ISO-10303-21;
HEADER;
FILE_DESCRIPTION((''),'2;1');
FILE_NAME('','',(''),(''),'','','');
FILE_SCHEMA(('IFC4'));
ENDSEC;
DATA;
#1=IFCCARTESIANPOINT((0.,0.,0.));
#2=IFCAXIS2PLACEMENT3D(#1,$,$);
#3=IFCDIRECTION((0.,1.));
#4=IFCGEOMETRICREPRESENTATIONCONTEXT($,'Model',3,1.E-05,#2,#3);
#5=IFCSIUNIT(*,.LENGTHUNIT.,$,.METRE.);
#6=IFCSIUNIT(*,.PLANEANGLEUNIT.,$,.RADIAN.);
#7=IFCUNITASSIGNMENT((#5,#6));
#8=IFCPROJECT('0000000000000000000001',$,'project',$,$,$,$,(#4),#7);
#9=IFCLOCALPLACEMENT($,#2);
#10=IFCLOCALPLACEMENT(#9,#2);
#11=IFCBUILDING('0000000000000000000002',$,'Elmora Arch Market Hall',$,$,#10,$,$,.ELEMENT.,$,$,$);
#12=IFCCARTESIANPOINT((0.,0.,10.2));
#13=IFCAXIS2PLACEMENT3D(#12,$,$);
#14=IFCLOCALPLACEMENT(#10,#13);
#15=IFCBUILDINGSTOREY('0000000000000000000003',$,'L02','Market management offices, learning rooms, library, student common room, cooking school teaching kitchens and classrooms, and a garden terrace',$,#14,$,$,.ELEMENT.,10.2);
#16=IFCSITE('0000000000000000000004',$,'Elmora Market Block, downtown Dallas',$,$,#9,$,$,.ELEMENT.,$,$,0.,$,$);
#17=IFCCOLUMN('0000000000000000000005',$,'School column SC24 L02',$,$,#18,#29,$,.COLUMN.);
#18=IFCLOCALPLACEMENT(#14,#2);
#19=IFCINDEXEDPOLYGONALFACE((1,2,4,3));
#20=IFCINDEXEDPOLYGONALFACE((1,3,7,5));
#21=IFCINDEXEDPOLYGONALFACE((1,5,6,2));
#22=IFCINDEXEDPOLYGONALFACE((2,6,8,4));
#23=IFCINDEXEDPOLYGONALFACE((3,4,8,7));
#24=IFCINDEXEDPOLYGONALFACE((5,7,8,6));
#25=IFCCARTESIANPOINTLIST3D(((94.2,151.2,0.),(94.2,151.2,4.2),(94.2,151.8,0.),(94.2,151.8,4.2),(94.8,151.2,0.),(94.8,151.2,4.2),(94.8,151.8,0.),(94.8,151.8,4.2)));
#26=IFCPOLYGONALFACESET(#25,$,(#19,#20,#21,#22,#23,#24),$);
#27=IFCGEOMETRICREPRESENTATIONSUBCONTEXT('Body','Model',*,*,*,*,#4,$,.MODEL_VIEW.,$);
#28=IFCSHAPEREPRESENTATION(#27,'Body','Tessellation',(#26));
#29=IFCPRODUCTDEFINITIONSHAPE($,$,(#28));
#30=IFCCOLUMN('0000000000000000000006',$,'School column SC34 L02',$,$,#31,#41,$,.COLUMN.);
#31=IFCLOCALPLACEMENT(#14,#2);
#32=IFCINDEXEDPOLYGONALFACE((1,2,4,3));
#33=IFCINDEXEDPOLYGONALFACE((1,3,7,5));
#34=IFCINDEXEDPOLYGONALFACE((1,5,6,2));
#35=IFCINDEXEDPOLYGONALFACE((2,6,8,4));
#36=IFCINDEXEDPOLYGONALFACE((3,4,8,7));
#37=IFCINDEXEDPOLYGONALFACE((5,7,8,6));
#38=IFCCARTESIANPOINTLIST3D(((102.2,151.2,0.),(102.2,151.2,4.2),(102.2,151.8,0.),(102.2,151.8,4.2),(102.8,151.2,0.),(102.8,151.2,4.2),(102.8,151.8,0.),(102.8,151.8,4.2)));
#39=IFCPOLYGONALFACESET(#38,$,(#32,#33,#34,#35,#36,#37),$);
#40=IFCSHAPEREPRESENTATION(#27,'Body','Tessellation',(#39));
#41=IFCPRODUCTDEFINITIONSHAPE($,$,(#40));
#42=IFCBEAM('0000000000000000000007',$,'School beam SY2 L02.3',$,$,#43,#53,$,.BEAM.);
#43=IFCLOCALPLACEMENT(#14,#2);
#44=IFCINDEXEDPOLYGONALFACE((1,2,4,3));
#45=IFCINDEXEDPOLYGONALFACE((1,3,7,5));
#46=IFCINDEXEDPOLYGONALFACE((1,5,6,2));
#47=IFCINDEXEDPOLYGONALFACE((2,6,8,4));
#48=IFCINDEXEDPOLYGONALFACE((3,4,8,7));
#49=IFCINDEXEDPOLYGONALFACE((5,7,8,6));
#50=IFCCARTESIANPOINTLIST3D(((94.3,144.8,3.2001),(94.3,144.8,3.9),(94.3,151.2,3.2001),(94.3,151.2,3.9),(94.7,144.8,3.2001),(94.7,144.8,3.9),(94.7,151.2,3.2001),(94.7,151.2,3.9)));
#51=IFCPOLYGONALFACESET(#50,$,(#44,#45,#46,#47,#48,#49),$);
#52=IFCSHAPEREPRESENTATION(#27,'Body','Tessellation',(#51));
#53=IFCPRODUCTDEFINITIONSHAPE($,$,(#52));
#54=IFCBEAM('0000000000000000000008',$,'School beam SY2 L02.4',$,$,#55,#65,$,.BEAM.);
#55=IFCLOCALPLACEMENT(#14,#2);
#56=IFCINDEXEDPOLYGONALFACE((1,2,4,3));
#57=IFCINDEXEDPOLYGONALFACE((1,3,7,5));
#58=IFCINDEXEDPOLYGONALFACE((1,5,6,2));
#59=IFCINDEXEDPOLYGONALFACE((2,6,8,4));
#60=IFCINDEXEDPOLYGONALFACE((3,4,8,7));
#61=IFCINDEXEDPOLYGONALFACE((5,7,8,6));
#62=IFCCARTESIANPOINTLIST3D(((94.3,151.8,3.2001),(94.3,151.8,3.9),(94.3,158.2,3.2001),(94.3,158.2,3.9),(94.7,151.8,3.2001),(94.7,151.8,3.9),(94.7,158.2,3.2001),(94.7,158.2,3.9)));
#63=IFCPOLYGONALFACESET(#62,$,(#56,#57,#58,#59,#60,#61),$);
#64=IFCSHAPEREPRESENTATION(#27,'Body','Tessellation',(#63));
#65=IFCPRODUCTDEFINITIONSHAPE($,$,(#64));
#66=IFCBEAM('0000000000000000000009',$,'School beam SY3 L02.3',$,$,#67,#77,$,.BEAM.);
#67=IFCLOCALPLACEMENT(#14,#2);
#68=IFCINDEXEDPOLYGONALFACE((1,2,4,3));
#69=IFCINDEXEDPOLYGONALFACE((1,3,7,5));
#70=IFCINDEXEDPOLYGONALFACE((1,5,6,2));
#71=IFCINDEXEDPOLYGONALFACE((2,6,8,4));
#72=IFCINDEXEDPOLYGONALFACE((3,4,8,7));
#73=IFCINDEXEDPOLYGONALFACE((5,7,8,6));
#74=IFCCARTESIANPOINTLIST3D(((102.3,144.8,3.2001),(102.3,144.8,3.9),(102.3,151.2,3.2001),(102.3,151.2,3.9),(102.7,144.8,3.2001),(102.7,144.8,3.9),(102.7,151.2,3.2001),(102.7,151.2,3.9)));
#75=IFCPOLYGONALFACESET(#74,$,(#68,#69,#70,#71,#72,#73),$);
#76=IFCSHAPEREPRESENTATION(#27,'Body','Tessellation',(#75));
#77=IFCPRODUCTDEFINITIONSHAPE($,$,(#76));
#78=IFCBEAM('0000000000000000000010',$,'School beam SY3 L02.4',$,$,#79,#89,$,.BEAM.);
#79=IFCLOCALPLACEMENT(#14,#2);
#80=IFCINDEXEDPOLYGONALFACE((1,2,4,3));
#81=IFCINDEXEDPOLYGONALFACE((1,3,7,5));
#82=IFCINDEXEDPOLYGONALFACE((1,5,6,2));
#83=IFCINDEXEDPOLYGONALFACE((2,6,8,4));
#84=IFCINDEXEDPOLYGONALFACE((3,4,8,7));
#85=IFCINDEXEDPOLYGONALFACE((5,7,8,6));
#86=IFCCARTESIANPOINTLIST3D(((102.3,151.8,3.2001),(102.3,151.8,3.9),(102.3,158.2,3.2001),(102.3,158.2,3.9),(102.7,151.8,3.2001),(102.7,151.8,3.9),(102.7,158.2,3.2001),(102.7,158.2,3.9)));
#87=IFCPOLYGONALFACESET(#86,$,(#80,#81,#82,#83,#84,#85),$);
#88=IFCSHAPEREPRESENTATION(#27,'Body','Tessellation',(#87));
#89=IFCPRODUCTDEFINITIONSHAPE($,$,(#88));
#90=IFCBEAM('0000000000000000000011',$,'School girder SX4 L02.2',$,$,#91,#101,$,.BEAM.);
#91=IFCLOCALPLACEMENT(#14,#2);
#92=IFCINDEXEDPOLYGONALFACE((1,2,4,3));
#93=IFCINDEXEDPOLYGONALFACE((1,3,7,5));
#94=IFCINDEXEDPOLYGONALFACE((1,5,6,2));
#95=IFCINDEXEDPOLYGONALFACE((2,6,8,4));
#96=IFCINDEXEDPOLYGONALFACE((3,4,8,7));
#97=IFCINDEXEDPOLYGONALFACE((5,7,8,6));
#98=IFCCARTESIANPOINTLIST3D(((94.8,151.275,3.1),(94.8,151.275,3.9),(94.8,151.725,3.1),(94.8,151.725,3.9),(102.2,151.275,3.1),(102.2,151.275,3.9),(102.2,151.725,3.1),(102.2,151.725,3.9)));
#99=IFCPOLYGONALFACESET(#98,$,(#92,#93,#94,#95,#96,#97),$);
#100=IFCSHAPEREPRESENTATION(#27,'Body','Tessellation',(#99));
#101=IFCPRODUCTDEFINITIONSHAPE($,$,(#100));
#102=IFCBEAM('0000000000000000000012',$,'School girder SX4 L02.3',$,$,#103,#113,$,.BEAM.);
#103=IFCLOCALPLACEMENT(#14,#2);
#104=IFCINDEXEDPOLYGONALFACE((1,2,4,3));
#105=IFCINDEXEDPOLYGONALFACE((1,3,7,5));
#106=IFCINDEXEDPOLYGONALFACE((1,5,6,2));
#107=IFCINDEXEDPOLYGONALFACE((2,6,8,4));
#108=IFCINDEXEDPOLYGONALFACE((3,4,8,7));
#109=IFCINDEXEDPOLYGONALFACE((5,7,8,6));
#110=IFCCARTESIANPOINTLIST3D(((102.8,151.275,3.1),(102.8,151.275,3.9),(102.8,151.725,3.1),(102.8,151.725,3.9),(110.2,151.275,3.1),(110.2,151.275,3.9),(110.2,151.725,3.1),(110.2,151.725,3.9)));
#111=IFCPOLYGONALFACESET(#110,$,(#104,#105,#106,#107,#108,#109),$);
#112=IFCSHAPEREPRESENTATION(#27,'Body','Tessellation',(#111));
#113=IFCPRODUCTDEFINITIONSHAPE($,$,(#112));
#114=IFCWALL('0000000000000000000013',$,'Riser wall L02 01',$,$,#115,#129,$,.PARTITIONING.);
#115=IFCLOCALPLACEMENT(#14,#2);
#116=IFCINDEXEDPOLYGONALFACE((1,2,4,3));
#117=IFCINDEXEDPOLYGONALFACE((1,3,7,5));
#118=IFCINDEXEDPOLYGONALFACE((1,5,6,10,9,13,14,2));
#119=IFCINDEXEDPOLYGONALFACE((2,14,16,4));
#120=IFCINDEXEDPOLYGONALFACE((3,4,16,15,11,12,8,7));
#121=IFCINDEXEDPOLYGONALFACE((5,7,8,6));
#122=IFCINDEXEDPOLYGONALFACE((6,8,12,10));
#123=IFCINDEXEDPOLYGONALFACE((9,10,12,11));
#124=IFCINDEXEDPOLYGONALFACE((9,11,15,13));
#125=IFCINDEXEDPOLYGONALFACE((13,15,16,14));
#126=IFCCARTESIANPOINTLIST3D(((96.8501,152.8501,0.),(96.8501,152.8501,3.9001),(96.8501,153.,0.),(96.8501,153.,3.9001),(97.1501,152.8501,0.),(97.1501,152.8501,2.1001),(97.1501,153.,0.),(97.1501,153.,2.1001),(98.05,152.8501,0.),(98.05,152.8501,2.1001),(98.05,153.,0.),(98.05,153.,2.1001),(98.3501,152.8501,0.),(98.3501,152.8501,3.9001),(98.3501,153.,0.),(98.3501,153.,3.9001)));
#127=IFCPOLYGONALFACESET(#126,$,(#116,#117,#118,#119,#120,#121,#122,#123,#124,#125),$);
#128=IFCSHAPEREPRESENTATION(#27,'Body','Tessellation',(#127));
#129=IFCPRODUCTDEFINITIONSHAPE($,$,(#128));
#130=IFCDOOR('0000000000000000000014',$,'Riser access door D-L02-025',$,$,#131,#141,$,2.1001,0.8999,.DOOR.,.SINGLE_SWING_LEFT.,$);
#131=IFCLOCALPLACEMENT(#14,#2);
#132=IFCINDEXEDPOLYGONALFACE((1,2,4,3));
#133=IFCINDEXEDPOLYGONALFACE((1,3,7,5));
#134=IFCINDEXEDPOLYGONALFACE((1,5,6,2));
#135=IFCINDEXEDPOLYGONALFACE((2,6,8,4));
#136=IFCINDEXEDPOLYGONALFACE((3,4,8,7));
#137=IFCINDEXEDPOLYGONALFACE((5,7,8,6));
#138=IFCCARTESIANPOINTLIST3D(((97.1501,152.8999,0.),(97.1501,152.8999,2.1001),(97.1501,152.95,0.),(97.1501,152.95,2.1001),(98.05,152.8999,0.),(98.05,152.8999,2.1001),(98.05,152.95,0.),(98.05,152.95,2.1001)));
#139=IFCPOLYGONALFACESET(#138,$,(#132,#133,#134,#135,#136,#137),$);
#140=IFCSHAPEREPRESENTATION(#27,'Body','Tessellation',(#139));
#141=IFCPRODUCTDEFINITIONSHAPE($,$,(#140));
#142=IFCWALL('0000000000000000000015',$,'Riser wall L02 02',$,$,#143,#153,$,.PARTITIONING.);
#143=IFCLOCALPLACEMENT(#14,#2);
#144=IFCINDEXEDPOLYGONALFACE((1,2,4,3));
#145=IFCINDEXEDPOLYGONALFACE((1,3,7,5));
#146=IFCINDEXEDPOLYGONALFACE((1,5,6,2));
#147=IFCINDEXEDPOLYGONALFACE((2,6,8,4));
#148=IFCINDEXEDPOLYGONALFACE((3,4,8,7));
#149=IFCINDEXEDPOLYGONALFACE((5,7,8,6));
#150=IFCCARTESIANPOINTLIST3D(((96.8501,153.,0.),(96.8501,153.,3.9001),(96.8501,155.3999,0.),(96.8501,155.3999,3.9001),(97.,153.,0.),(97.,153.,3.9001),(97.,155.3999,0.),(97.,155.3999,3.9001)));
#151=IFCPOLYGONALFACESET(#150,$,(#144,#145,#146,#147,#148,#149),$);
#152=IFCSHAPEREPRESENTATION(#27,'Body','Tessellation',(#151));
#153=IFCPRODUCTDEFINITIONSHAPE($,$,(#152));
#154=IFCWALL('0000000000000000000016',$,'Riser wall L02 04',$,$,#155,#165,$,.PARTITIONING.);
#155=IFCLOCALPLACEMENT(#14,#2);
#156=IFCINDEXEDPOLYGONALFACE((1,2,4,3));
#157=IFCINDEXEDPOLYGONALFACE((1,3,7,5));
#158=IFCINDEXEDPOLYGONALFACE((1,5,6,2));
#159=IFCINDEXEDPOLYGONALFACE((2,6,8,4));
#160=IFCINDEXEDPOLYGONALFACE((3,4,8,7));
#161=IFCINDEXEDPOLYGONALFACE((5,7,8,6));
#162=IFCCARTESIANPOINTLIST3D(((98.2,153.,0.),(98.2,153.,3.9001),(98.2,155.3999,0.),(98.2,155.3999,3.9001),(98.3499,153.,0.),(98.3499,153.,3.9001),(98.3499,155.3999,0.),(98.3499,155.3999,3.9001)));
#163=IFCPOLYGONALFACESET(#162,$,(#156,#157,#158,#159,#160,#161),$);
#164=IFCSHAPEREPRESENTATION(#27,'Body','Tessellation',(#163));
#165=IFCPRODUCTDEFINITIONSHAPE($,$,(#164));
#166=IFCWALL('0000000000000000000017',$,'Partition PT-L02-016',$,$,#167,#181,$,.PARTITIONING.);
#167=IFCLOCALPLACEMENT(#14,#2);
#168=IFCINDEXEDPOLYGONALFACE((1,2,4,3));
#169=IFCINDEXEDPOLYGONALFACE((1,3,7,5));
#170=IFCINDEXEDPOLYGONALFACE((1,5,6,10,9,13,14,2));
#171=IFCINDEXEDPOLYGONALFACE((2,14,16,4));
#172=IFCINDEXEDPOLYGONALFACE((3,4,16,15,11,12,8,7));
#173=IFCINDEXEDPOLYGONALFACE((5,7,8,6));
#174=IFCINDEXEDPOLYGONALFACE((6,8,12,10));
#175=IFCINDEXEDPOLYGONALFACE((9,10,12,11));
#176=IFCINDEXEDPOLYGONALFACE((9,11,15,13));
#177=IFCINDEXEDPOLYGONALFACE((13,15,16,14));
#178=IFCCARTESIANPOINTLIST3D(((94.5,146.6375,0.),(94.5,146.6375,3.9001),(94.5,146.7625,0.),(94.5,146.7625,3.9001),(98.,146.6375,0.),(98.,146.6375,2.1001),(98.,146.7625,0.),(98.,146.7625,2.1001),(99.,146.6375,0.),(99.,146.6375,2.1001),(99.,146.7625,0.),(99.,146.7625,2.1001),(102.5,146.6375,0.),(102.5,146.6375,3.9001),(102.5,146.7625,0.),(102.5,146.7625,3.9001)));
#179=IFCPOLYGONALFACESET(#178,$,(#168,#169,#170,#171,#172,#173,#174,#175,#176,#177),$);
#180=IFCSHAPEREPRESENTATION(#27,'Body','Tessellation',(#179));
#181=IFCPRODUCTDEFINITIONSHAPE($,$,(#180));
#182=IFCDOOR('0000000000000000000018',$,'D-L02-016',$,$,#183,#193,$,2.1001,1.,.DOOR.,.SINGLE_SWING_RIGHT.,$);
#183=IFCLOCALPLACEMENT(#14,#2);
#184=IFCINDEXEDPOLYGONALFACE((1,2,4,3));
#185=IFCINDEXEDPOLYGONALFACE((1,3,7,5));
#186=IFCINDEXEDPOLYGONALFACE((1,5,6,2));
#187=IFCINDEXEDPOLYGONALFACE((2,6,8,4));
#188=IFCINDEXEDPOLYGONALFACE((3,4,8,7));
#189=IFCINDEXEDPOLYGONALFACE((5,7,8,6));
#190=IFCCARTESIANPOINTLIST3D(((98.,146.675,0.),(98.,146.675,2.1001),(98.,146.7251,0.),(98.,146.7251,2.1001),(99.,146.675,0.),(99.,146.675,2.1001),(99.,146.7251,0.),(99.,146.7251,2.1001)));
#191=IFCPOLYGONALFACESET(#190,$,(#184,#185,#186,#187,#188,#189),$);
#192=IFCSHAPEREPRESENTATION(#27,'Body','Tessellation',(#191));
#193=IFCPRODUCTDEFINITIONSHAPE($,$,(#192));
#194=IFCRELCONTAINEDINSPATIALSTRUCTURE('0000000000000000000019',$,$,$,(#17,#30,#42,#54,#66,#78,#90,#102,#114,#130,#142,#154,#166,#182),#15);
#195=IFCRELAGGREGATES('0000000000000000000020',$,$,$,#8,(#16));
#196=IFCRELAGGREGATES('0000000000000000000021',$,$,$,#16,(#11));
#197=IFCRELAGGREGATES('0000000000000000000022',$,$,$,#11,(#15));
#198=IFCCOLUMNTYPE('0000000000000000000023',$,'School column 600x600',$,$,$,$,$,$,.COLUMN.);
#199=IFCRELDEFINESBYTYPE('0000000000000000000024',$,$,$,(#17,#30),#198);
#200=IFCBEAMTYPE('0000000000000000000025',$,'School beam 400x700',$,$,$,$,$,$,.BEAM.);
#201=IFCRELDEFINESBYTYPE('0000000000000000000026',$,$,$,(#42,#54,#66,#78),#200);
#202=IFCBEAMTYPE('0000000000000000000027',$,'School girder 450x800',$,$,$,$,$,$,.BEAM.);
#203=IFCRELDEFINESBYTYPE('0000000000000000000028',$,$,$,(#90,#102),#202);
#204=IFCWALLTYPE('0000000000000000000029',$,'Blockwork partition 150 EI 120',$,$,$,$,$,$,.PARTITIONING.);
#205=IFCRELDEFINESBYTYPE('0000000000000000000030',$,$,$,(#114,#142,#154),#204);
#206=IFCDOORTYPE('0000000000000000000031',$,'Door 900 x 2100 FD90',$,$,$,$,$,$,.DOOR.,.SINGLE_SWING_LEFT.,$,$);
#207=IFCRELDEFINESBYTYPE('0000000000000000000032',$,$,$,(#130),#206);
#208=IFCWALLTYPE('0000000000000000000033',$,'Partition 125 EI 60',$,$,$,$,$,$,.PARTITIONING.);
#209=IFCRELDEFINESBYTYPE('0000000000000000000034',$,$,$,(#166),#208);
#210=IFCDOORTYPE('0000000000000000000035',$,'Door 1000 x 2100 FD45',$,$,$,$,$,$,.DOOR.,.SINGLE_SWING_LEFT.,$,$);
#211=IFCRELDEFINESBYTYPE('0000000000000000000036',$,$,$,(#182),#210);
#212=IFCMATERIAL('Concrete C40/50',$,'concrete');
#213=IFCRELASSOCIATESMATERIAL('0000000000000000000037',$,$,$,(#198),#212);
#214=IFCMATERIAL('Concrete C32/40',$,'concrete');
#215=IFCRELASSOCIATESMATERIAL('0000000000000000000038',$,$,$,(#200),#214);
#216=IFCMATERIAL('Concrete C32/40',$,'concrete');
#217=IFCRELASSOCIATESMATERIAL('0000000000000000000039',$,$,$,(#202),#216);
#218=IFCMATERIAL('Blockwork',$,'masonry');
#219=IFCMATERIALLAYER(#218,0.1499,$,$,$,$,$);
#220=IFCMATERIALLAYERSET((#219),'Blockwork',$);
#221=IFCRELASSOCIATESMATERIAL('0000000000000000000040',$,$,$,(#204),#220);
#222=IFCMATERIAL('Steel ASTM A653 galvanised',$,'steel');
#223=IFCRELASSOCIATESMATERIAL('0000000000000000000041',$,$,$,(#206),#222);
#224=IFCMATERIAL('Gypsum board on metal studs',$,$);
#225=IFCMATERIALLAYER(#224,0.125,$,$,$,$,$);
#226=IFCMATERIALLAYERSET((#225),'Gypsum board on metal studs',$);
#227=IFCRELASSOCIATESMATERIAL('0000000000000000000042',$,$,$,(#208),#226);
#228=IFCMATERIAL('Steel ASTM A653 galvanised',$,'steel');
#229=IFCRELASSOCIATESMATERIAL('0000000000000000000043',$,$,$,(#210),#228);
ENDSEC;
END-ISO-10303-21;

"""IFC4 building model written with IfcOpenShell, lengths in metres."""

from ifc_helpers import new_model, si_unit, direction, frame, frame_2d, origin, origin_2d, place, context, subcontext, project, spatial, rectangle, extrude, material, layer, layer_set, material_profile, profile_set, type_object, element, fill, save


model = new_model("IFC4")

# Units and contexts
model_context = context("Model", 3, precision=1e-05, world=origin(), true_north=direction((0.0, 1.0)))
body_context = subcontext(model_context, "Body", "Model", "MODEL_VIEW")
ifc_project = project(units=[si_unit("LENGTHUNIT", "METRE"), si_unit("PLANEANGLEUNIT", "RADIAN")], contexts=[model_context])

# Site, building, storey
site_placement = place(None, origin())
site = spatial("IfcSite", under=ifc_project, at=site_placement, Name="Elmora Market Block, downtown Dallas", CompositionType="ELEMENT", RefElevation=0.0)
building_placement = place(site_placement, origin())
building = spatial("IfcBuilding", under=site, at=building_placement, Name="Elmora Arch Market Hall", CompositionType="ELEMENT")
storey_placement = place(building_placement, frame((0.0, 0.0, 10.2)))
storey = spatial("IfcBuildingStorey", under=building, at=storey_placement, Name="L02", Description="Market management offices, learning rooms, library, student common room, cooking school teaching kitchens and classrooms, and a garden terrace", CompositionType="ELEMENT", Elevation=10.2)

# Columns
ifc_material_1 = material(Name="Concrete C40/50", Category="concrete")
ifc_material_profile_1 = material_profile(ifc_material_1, rectangle(XDim=0.6001, YDim=0.6001, at=origin_2d()), Name="School column 600x600")
ifc_profile_set_1 = profile_set([ifc_material_profile_1], Name="Concrete C40/50")
column_type = type_object("IfcColumnType", Name="School column 600x600", PredefinedType="COLUMN", material=ifc_profile_set_1)
for number, where, z_axis, x_axis, name in (
    (1, (94.5, 151.5, 0.0), (0.0, 0.0, 1.0), (1.0, 0.0, 0.0), "School column SC24 L02"),
    (2, (102.5, 151.5, 0.0), (0.0, 0.0, 1.0), (1.0, 0.0, 0.0), "School column SC34 L02"),
):
    element("IfcColumn", number, at=place(storey_placement, frame(where, z_axis=z_axis, x_axis=x_axis)), inside=storey, type_object=column_type, Name=name, PredefinedType="COLUMN", context=body_context, shape_type="SweptSolid", body=[
        extrude(rectangle(XDim=0.6001, YDim=0.6001, at=origin_2d()), origin(), (0.0, 0.0, 1.0), 4.2),
    ])

# Beams
ifc_material_2 = material(Name="Concrete C32/40", Category="concrete")
ifc_material_profile_2 = material_profile(ifc_material_2, rectangle(XDim=0.3999, YDim=0.7, at=origin_2d()), Name="School beam 400x700")
ifc_profile_set_2 = profile_set([ifc_material_profile_2], Name="Concrete C32/40")
beam_type_1 = type_object("IfcBeamType", Name="School beam 400x700", PredefinedType="BEAM", material=ifc_profile_set_2)
for number, where, z_axis, x_axis, name in (
    (3, (94.5, 144.8, 3.55), (0.0, 1.0, 0.0), (-1.0, 0.0, 0.0), "School beam SY2 L02.3"),
    (4, (94.5, 151.8, 3.55), (0.0, 1.0, 0.0), (-1.0, 0.0, 0.0), "School beam SY2 L02.4"),
    (5, (102.5, 144.8, 3.55), (0.0, 1.0, 0.0), (-1.0, 0.0, 0.0), "School beam SY3 L02.3"),
    (6, (102.5, 151.8, 3.55), (0.0, 1.0, 0.0), (-1.0, 0.0, 0.0), "School beam SY3 L02.4"),
):
    element("IfcBeam", number, at=place(storey_placement, frame(where, z_axis=z_axis, x_axis=x_axis)), inside=storey, type_object=beam_type_1, Name=name, PredefinedType="BEAM", context=body_context, shape_type="SweptSolid", body=[
        extrude(rectangle(XDim=0.3999, YDim=0.7, at=origin_2d()), origin(), (0.0, 0.0, 1.0), 6.3999),
    ])
ifc_material_3 = material(Name="Concrete C32/40", Category="concrete")
ifc_material_profile_3 = material_profile(ifc_material_3, rectangle(XDim=0.45, YDim=0.8, at=origin_2d()), Name="School girder 450x800")
ifc_profile_set_3 = profile_set([ifc_material_profile_3], Name="Concrete C32/40")
beam_type_2 = type_object("IfcBeamType", Name="School girder 450x800", PredefinedType="BEAM", material=ifc_profile_set_3)
for number, where, z_axis, x_axis, name in (
    (7, (94.8, 151.5, 3.5), (1.0, 0.0, 0.0), (0.0, 1.0, 0.0), "School girder SX4 L02.2"),
    (8, (102.8, 151.5, 3.5), (1.0, 0.0, 0.0), (0.0, 1.0, 0.0), "School girder SX4 L02.3"),
):
    element("IfcBeam", number, at=place(storey_placement, frame(where, z_axis=z_axis, x_axis=x_axis)), inside=storey, type_object=beam_type_2, Name=name, PredefinedType="BEAM", context=body_context, shape_type="SweptSolid", body=[
        extrude(rectangle(XDim=0.45, YDim=0.8, at=origin_2d()), origin(), (0.0, 0.0, 1.0), 7.3999),
    ])

# Wall, opening, door
ifc_material_4 = material(Name="Blockwork", Category="masonry")
ifc_layer_1 = layer(ifc_material_4, 0.1499)
ifc_layer_set_1 = layer_set([ifc_layer_1], Name="Blockwork")
wall_type_1 = type_object("IfcWallType", Name="Blockwork partition 150 EI 120", PredefinedType="PARTITIONING", material=ifc_layer_set_1)
wall_1_placement = place(storey_placement, frame((96.8501, 152.925, 0.0), z_axis=(0.0, 0.0, 1.0), x_axis=(1.0, 0.0, 0.0)))
wall_1 = element("IfcWall", 9, at=wall_1_placement, inside=storey, type_object=wall_type_1, Name="Riser wall L02 01", PredefinedType="PARTITIONING", context=body_context, shape_type="SweptSolid", body=[
    extrude(rectangle(XDim=1.5, YDim=0.1499, at=frame_2d((0.75, 0.0))), origin(), (0.0, 0.0, 1.0), 3.9001),
])
opening_1_placement = place(wall_1_placement, frame((0.3, 0.0, 0.0)))
opening_1 = element("IfcOpeningElement", 10, at=opening_1_placement, cuts=wall_1, PredefinedType="OPENING", context=body_context, shape_type="SweptSolid", body=[
    extrude(rectangle(XDim=0.8999, YDim=2.1001, at=frame_2d((0.45, 1.05))), frame((0.0, 0.085, 0.0), z_axis=(0.0, -1.0, 0.0), x_axis=(1.0, 0.0, 0.0)), (0.0, 0.0, 1.0), 0.1699),
])
ifc_material_5 = material(Name="Steel ASTM A653 galvanised", Category="steel")
door_type_1 = type_object("IfcDoorType", Name="Door 900 x 2100 FD90", OperationType="SINGLE_SWING_LEFT", PredefinedType="DOOR", material=ifc_material_5)
door_1_placement = place(opening_1_placement, origin())
door_1 = element("IfcDoor", 11, at=door_1_placement, inside=storey, type_object=door_type_1, Name="Riser access door D-L02-025", OperationType="SINGLE_SWING_LEFT", OverallHeight=2.1001, OverallWidth=0.8999, PredefinedType="DOOR", context=body_context, shape_type="SweptSolid", body=[
    extrude(rectangle(XDim=0.8999, YDim=2.1001, at=frame_2d((0.45, 1.05))), frame((0.0, 0.0249, 0.0), z_axis=(0.0, -1.0, 0.0), x_axis=(1.0, 0.0, 0.0)), (0.0, 0.0, 1.0), 0.05),
])
fill(opening_1, door_1)

# Walls
for number, where, z_axis, x_axis, name in (
    (12, (96.925, 153.0, 0.0), (0.0, 0.0, 1.0), (0.0, 1.0, 0.0), "Riser wall L02 02"),
    (13, (98.2749, 153.0, 0.0), (0.0, 0.0, 1.0), (0.0, 1.0, 0.0), "Riser wall L02 04"),
):
    element("IfcWall", number, at=place(storey_placement, frame(where, z_axis=z_axis, x_axis=x_axis)), inside=storey, type_object=wall_type_1, Name=name, PredefinedType="PARTITIONING", context=body_context, shape_type="SweptSolid", body=[
        extrude(rectangle(XDim=2.3999, YDim=0.1499, at=frame_2d((1.2, 0.0))), origin(), (0.0, 0.0, 1.0), 3.9001),
    ])

# Wall, opening, door
ifc_material_6 = material(Name="Gypsum board on metal studs")
ifc_layer_2 = layer(ifc_material_6, 0.125)
ifc_layer_set_2 = layer_set([ifc_layer_2], Name="Gypsum board on metal studs")
wall_type_2 = type_object("IfcWallType", Name="Partition 125 EI 60", PredefinedType="PARTITIONING", material=ifc_layer_set_2)
wall_2_placement = place(storey_placement, frame((94.5, 146.7, 0.0), z_axis=(0.0, 0.0, 1.0), x_axis=(1.0, 0.0, 0.0)))
wall_2 = element("IfcWall", 14, at=wall_2_placement, inside=storey, type_object=wall_type_2, Name="Partition PT-L02-016", PredefinedType="PARTITIONING", context=body_context, shape_type="SweptSolid", body=[
    extrude(rectangle(XDim=8.0, YDim=0.125, at=frame_2d((4.0, 0.0))), origin(), (0.0, 0.0, 1.0), 3.9001),
])
opening_2_placement = place(wall_2_placement, frame((3.5, 0.0, 0.0)))
opening_2 = element("IfcOpeningElement", 15, at=opening_2_placement, cuts=wall_2, PredefinedType="OPENING", context=body_context, shape_type="SweptSolid", body=[
    extrude(rectangle(XDim=1.0, YDim=2.1001, at=frame_2d((0.5, 1.05))), frame((0.0, 0.0725, 0.0), z_axis=(0.0, -1.0, 0.0), x_axis=(1.0, 0.0, 0.0)), (0.0, 0.0, 1.0), 0.145),
])
ifc_material_7 = material(Name="Steel ASTM A653 galvanised", Category="steel")
door_type_2 = type_object("IfcDoorType", Name="Door 1000 x 2100 FD45", OperationType="SINGLE_SWING_LEFT", PredefinedType="DOOR", material=ifc_material_7)
door_2_placement = place(opening_2_placement, frame((1.0, 0.0, 0.0), z_axis=(0.0, 0.0, 1.0), x_axis=(-1.0, 0.0, 0.0)))
door_2 = element("IfcDoor", 16, at=door_2_placement, inside=storey, type_object=door_type_2, Name="D-L02-016", OperationType="SINGLE_SWING_RIGHT", OverallHeight=2.1001, OverallWidth=1.0, PredefinedType="DOOR", context=body_context, shape_type="SweptSolid", body=[
    extrude(rectangle(XDim=1.0, YDim=2.1001, at=frame_2d((0.5, 1.05))), frame((0.0, 0.0249, 0.0), z_axis=(0.0, -1.0, 0.0), x_axis=(1.0, 0.0, 0.0)), (0.0, 0.0, 1.0), 0.05),
])
fill(opening_2, door_2)

save(model, "model.ifc")
